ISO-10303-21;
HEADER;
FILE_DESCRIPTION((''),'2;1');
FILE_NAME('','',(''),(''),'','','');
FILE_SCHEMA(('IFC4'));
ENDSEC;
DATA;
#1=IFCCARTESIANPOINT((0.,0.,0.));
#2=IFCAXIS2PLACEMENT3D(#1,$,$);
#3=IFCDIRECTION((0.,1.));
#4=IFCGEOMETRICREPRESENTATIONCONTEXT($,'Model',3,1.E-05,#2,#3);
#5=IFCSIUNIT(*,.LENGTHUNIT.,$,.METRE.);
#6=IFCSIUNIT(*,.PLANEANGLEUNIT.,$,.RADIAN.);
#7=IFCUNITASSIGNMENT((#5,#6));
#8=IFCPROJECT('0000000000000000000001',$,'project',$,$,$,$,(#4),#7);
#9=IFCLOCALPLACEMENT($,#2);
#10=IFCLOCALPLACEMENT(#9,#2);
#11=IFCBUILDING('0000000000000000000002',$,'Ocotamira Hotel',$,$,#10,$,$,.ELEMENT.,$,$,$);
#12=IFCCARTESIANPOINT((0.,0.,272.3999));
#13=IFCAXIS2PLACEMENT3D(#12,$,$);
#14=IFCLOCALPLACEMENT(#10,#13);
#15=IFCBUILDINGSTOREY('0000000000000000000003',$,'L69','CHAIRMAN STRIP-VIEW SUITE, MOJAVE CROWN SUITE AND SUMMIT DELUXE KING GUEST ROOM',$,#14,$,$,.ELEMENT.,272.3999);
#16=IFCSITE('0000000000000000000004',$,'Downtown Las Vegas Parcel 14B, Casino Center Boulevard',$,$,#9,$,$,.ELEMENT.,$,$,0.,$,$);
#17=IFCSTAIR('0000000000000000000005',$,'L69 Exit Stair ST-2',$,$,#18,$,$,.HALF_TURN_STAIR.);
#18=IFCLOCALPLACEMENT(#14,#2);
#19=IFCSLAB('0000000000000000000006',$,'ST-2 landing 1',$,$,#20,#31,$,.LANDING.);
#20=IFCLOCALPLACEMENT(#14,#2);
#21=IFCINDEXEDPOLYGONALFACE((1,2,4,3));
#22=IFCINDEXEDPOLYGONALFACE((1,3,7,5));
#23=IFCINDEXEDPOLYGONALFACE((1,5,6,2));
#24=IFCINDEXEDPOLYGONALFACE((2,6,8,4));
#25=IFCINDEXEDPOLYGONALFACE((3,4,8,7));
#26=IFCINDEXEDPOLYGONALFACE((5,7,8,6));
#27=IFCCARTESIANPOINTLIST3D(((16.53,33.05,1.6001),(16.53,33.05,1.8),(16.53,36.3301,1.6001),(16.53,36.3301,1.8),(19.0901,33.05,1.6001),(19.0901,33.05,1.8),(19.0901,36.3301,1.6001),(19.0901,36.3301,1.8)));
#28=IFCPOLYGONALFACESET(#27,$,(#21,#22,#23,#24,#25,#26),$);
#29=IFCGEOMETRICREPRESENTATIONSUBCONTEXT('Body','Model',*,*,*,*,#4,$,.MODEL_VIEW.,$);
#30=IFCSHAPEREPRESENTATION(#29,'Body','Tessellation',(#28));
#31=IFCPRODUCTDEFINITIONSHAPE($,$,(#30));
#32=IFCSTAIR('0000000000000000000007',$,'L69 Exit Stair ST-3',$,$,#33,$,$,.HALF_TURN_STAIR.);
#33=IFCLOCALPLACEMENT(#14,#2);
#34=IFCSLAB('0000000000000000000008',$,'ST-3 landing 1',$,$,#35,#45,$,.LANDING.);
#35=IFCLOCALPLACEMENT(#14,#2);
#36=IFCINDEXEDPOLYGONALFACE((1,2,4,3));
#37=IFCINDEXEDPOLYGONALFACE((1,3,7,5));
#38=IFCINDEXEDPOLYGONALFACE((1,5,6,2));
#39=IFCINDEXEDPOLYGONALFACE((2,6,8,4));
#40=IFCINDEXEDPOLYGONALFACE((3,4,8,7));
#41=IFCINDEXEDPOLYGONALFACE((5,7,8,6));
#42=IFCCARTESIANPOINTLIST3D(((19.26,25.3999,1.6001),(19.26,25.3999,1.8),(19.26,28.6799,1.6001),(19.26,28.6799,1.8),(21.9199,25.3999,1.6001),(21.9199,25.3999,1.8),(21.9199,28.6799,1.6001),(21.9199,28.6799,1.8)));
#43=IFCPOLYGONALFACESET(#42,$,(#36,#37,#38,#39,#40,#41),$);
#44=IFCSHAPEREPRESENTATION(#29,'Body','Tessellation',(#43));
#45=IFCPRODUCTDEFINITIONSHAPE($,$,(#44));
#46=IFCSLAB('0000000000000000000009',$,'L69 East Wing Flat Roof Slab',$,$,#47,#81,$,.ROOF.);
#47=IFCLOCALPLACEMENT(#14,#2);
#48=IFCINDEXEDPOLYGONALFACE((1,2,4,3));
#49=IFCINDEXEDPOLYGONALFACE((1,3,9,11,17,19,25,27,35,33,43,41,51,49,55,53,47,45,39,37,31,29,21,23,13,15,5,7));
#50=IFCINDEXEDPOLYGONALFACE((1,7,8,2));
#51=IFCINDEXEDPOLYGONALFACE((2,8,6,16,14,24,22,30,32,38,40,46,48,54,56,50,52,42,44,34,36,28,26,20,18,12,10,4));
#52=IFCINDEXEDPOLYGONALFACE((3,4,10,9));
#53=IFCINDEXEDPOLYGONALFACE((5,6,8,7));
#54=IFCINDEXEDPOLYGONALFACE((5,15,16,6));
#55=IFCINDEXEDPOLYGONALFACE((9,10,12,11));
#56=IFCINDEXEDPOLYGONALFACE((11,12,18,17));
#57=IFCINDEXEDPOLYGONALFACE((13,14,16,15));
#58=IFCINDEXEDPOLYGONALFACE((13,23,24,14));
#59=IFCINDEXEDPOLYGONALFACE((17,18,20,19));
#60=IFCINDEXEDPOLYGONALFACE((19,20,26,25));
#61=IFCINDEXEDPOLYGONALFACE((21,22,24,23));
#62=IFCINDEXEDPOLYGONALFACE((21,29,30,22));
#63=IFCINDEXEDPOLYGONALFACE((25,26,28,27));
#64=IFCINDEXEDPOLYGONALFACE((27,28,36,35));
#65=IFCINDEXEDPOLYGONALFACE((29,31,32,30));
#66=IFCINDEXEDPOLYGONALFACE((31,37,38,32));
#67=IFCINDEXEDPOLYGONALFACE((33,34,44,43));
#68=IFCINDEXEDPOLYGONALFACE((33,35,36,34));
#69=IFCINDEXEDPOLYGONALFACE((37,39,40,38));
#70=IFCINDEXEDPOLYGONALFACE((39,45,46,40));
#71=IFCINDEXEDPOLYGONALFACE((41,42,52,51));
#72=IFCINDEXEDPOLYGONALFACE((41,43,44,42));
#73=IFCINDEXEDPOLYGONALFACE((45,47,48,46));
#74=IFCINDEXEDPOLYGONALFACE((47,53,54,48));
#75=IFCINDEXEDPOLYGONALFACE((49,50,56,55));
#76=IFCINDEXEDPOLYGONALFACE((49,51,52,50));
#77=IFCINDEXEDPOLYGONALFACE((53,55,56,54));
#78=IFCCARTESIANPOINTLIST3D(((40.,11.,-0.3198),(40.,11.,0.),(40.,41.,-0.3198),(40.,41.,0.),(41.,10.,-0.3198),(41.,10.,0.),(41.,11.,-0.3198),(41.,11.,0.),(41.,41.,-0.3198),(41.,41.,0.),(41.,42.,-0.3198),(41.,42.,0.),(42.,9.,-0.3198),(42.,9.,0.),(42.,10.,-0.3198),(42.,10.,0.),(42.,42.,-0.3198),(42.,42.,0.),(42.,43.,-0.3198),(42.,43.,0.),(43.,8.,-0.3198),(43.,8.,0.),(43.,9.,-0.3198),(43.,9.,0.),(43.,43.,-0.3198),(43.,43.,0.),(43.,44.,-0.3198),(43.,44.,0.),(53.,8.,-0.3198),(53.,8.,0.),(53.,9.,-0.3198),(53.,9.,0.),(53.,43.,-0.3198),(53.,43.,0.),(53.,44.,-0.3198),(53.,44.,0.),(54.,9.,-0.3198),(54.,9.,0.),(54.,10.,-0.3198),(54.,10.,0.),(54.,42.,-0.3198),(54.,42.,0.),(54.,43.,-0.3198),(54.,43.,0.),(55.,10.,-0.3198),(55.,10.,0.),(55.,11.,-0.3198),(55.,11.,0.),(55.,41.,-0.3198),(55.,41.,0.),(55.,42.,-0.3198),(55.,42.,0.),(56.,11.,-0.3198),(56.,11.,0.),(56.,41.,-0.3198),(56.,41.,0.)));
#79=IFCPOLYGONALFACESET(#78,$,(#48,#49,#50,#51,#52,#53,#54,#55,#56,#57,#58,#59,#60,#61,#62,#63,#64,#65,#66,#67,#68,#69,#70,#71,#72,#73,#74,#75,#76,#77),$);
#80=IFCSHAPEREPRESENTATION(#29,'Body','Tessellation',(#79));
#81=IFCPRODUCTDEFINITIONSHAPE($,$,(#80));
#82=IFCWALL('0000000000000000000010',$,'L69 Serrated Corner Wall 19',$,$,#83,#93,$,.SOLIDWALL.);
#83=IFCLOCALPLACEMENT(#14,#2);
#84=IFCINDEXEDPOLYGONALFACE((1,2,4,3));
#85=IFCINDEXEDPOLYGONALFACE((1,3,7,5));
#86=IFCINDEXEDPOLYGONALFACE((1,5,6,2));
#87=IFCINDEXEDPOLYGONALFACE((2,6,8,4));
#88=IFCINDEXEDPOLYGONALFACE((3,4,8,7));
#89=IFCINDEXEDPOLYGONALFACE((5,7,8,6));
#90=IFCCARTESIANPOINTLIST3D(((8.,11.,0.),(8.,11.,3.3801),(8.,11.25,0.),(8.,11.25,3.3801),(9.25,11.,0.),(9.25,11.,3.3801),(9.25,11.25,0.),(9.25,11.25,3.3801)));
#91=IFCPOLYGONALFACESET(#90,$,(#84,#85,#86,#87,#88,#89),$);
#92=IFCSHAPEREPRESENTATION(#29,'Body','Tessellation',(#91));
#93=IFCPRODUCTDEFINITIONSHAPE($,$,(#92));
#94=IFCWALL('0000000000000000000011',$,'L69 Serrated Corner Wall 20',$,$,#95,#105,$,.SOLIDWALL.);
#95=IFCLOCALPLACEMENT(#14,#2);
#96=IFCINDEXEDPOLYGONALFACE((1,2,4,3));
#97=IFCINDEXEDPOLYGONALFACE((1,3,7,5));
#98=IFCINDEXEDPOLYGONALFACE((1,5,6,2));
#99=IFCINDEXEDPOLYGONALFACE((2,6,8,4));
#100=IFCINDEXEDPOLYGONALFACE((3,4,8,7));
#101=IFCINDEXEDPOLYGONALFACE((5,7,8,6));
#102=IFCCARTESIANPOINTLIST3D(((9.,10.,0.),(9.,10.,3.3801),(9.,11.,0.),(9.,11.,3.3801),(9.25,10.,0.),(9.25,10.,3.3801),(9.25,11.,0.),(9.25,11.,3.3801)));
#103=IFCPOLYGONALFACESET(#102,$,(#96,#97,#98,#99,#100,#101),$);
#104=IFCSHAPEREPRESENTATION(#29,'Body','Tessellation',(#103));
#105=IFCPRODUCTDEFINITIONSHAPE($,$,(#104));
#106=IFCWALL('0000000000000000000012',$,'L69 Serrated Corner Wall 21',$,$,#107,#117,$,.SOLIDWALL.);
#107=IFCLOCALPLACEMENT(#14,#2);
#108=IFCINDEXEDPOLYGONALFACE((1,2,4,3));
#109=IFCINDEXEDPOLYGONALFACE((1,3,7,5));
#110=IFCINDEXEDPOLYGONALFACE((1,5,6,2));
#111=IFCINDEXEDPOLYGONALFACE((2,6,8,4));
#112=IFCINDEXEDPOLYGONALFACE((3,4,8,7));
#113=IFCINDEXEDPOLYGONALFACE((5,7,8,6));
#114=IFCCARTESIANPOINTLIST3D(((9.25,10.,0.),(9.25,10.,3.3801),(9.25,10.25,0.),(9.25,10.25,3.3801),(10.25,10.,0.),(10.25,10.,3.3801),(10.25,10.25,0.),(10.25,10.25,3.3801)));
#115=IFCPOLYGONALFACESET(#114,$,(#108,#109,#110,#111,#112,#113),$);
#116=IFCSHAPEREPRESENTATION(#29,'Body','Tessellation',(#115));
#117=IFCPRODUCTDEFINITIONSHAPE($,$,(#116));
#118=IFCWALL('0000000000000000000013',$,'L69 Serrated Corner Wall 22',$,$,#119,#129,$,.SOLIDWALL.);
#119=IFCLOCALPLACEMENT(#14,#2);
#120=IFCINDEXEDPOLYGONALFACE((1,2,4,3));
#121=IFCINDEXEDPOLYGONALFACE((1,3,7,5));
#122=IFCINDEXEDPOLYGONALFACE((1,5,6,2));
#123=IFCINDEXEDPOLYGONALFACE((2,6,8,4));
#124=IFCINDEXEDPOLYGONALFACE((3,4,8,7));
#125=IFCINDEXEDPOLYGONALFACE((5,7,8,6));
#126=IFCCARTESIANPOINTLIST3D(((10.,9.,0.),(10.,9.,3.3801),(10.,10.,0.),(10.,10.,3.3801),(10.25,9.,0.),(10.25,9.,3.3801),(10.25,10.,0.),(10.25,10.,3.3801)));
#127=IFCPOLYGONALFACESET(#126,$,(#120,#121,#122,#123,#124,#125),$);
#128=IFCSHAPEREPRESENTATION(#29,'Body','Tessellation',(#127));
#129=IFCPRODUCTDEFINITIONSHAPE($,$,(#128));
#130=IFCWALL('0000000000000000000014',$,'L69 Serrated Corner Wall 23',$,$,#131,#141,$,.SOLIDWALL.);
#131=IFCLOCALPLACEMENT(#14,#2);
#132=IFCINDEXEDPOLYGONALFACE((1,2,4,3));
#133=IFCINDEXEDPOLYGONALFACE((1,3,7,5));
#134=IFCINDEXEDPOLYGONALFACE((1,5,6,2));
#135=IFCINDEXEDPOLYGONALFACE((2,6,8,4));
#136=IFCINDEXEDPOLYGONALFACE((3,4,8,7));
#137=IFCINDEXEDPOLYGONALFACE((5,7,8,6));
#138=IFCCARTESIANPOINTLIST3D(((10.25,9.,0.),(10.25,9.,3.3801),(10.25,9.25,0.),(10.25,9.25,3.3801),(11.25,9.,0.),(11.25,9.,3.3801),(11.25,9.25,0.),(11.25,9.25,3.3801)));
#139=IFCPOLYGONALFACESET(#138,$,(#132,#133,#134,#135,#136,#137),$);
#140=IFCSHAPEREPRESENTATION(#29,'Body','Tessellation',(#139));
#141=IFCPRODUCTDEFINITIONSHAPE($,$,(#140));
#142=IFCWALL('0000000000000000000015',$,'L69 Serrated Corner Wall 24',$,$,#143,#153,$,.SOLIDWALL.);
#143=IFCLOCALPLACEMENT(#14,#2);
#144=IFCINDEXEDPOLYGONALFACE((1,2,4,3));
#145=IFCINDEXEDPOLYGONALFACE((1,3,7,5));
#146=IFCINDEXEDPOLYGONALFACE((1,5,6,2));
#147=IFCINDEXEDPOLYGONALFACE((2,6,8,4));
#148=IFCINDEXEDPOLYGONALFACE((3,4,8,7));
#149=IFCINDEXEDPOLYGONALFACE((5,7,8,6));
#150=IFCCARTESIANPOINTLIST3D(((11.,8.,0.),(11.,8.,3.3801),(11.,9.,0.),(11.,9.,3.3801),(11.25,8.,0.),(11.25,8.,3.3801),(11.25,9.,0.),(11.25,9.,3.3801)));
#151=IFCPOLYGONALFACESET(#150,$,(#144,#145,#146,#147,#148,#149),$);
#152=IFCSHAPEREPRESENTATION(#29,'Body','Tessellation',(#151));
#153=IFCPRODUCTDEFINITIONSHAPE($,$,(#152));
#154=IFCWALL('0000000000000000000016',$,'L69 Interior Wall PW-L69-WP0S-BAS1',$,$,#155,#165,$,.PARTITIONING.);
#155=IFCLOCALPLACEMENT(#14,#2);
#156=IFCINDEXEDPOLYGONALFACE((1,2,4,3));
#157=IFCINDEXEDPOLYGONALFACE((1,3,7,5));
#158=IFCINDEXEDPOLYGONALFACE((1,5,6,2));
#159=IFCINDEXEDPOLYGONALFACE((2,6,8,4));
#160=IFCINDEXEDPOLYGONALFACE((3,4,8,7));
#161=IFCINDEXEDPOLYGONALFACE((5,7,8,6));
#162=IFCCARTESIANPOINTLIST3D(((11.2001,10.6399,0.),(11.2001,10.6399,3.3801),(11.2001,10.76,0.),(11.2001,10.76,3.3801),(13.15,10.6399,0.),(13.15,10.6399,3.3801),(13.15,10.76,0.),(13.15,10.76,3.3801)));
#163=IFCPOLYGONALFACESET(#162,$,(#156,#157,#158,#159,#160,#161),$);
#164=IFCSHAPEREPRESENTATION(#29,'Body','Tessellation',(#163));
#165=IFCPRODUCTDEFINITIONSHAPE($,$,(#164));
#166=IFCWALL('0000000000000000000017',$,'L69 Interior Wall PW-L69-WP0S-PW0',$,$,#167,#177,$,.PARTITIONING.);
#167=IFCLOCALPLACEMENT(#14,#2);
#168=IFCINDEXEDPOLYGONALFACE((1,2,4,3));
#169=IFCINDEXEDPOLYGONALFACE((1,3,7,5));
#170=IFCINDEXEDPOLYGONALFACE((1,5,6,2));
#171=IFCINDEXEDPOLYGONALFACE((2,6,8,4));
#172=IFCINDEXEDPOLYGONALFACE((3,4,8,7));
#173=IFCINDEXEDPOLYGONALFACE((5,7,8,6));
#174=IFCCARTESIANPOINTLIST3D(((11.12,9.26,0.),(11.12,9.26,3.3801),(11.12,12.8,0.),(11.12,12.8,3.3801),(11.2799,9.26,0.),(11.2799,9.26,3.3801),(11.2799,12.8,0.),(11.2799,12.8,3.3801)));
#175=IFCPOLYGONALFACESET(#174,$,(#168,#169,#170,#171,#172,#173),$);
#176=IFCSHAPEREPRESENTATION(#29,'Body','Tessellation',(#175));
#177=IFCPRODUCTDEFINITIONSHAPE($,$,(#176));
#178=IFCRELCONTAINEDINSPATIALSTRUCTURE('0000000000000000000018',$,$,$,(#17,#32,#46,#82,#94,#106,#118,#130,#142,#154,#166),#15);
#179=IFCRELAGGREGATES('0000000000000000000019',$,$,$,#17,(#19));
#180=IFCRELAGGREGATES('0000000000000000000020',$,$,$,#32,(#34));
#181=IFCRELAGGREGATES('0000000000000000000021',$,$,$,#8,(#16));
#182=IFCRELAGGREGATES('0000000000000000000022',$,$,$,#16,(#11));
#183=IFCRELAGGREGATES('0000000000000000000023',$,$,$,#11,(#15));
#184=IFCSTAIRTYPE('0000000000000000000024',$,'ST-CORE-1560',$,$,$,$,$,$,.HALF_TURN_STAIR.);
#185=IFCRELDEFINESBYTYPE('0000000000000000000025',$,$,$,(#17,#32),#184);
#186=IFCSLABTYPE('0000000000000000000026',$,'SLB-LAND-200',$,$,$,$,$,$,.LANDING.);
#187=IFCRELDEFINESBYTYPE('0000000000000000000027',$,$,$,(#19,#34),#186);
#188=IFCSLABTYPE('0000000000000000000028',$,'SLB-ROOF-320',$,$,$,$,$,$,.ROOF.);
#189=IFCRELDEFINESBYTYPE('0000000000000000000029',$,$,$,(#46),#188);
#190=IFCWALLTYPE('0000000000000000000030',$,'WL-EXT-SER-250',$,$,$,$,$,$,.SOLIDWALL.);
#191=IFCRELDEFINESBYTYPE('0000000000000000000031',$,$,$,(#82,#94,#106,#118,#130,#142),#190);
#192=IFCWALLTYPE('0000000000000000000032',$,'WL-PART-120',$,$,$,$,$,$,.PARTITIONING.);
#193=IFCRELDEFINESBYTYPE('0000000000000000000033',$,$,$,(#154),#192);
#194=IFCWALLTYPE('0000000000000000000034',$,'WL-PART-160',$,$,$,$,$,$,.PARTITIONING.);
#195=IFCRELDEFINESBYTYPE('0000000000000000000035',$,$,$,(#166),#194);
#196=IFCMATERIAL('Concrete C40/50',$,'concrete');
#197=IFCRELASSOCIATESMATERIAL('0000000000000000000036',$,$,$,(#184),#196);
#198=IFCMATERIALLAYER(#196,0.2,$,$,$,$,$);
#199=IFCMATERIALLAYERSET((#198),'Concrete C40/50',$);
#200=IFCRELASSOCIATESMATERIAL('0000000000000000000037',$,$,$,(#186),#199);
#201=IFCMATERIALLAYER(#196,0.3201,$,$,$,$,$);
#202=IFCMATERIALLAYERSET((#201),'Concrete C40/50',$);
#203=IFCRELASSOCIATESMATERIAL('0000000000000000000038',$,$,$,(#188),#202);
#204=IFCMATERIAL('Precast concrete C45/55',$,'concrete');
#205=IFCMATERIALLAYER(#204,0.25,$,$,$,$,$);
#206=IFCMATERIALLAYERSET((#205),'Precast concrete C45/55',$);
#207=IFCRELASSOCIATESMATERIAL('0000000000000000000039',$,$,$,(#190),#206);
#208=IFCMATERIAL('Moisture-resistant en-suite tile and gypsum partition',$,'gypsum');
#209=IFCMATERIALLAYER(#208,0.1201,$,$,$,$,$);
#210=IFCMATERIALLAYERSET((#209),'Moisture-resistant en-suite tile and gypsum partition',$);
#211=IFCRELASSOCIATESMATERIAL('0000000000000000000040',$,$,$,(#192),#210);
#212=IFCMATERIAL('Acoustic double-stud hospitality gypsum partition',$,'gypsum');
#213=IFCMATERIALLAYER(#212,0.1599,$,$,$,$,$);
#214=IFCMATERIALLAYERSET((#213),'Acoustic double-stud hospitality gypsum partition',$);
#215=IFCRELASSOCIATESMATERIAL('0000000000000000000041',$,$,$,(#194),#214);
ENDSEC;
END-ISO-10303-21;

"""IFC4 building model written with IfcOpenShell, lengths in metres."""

from ifc_helpers import new_model, si_unit, direction, frame, frame_2d, origin, place, context, subcontext, project, spatial, polyline, rectangle, outline, extrude, material, layer, layer_set, type_object, element, aggregate, save


model = new_model("IFC4")

# Units and contexts
model_context = context("Model", 3, precision=1e-05, world=origin(), true_north=direction((0.0, 1.0)))
body_context = subcontext(model_context, "Body", "Model", "MODEL_VIEW")
ifc_project = project(units=[si_unit("LENGTHUNIT", "METRE"), si_unit("PLANEANGLEUNIT", "RADIAN")], contexts=[model_context])

# Site, building, storey
site_placement = place(None, origin())
site = spatial("IfcSite", under=ifc_project, at=site_placement, Name="Downtown Las Vegas Parcel 14B, Casino Center Boulevard", CompositionType="ELEMENT", RefElevation=0.0)
building_placement = place(site_placement, origin())
building = spatial("IfcBuilding", under=site, at=building_placement, Name="Ocotamira Hotel", CompositionType="ELEMENT")
storey_placement = place(building_placement, frame((0.0, 0.0, 272.3999)))
storey = spatial("IfcBuildingStorey", under=building, at=storey_placement, Name="L69", Description="CHAIRMAN STRIP-VIEW SUITE, MOJAVE CROWN SUITE AND SUMMIT DELUXE KING GUEST ROOM", CompositionType="ELEMENT", Elevation=272.3999)

# Shared definitions
ifc_material_1 = material(Name="Concrete C40/50", Category="concrete")

# Stairs, slabs
stair_type = type_object("IfcStairType", Name="ST-CORE-1560", PredefinedType="HALF_TURN_STAIR", material=ifc_material_1)
ifc_layer_1 = layer(ifc_material_1, 0.2)
ifc_layer_set_1 = layer_set([ifc_layer_1], Name="Concrete C40/50")
slab_type_1 = type_object("IfcSlabType", Name="SLB-LAND-200", PredefinedType="LANDING", material=ifc_layer_set_1)
stair_1_placement = place(storey_placement, origin())
stair_1 = element("IfcStair", 1, at=stair_1_placement, inside=storey, type_object=stair_type, Name="L69 Exit Stair ST-2", PredefinedType="HALF_TURN_STAIR")
slab_1_placement = place(storey_placement, frame((0.0, 0.0, 1.6001)))
slab_1 = element("IfcSlab", 2, at=slab_1_placement, type_object=slab_type_1, Name="ST-2 landing 1", PredefinedType="LANDING", context=body_context, shape_type="SweptSolid", body=[
    extrude(outline(polyline([(16.53, 33.05), (19.0901, 33.05), (19.0901, 36.3301), (16.53, 36.3301), (16.53, 33.05)])), origin(), (0.0, 0.0, 1.0), 0.2),
])
aggregate(stair_1, [slab_1])
stair_2_placement = place(storey_placement, origin())
stair_2 = element("IfcStair", 3, at=stair_2_placement, inside=storey, type_object=stair_type, Name="L69 Exit Stair ST-3", PredefinedType="HALF_TURN_STAIR")
slab_2_placement = place(storey_placement, frame((0.0, 0.0, 1.6001)))
slab_2 = element("IfcSlab", 4, at=slab_2_placement, type_object=slab_type_1, Name="ST-3 landing 1", PredefinedType="LANDING", context=body_context, shape_type="SweptSolid", body=[
    extrude(outline(polyline([(19.26, 25.3999), (21.9199, 25.3999), (21.9199, 28.6799), (19.26, 28.6799), (19.26, 25.3999)])), origin(), (0.0, 0.0, 1.0), 0.2),
])
aggregate(stair_2, [slab_2])

# Slab
ifc_layer_2 = layer(ifc_material_1, 0.3201)
ifc_layer_set_2 = layer_set([ifc_layer_2], Name="Concrete C40/50")
slab_type_2 = type_object("IfcSlabType", Name="SLB-ROOF-320", PredefinedType="ROOF", material=ifc_layer_set_2)
slab_3_placement = place(storey_placement, frame((0.0, 0.0, -0.3198)))
element("IfcSlab", 5, at=slab_3_placement, inside=storey, type_object=slab_type_2, Name="L69 East Wing Flat Roof Slab", PredefinedType="ROOF", context=body_context, shape_type="SweptSolid", body=[
    extrude(outline(polyline([(43.0, 8.0), (53.0, 8.0), (53.0, 9.0), (54.0, 9.0), (54.0, 10.0), (55.0, 10.0), (55.0, 11.0), (56.0, 11.0), (56.0, 41.0), (55.0, 41.0), (55.0, 42.0), (54.0, 42.0), (54.0, 43.0), (53.0, 43.0), (53.0, 44.0), (43.0, 44.0), (43.0, 43.0), (42.0, 43.0), (42.0, 42.0), (41.0, 42.0), (41.0, 41.0), (40.0, 41.0), (40.0, 11.0), (41.0, 11.0), (41.0, 10.0), (42.0, 10.0), (42.0, 9.0), (43.0, 9.0), (43.0, 8.0)])), origin(), (0.0, 0.0, 1.0), 0.3198),
])

# Walls
ifc_material_2 = material(Name="Precast concrete C45/55", Category="concrete")
ifc_layer_3 = layer(ifc_material_2, 0.25)
ifc_layer_set_3 = layer_set([ifc_layer_3], Name="Precast concrete C45/55")
wall_type_1 = type_object("IfcWallType", Name="WL-EXT-SER-250", PredefinedType="SOLIDWALL", material=ifc_layer_set_3)
wall_1_placement = place(storey_placement, frame((8.0, 11.125, 0.0), z_axis=(0.0, 0.0, 1.0), x_axis=(1.0, 0.0, 0.0)))
element("IfcWall", 6, at=wall_1_placement, inside=storey, type_object=wall_type_1, Name="L69 Serrated Corner Wall 19", PredefinedType="SOLIDWALL", context=body_context, shape_type="SweptSolid", body=[
    extrude(rectangle(XDim=1.25, YDim=0.25, at=frame_2d((0.625, 0.0))), origin(), (0.0, 0.0, 1.0), 3.3801),
])
for number, where, z_axis, x_axis, name in (
    (7, (9.125, 11.0, 0.0), (0.0, 0.0, 1.0), (0.0, -1.0, 0.0), "L69 Serrated Corner Wall 20"),
    (8, (9.25, 10.125, 0.0), (0.0, 0.0, 1.0), (1.0, 0.0, 0.0), "L69 Serrated Corner Wall 21"),
    (9, (10.125, 10.0, 0.0), (0.0, 0.0, 1.0), (0.0, -1.0, 0.0), "L69 Serrated Corner Wall 22"),
    (10, (10.25, 9.125, 0.0), (0.0, 0.0, 1.0), (1.0, 0.0, 0.0), "L69 Serrated Corner Wall 23"),
    (11, (11.125, 9.0, 0.0), (0.0, 0.0, 1.0), (0.0, -1.0, 0.0), "L69 Serrated Corner Wall 24"),
):
    element("IfcWall", number, at=place(storey_placement, frame(where, z_axis=z_axis, x_axis=x_axis)), inside=storey, type_object=wall_type_1, Name=name, PredefinedType="SOLIDWALL", context=body_context, shape_type="SweptSolid", body=[
        extrude(rectangle(XDim=1.0, YDim=0.25, at=frame_2d((0.5, 0.0))), origin(), (0.0, 0.0, 1.0), 3.3801),
    ])
ifc_material_3 = material(Name="Moisture-resistant en-suite tile and gypsum partition", Category="gypsum")
ifc_layer_4 = layer(ifc_material_3, 0.1201)
ifc_layer_set_4 = layer_set([ifc_layer_4], Name="Moisture-resistant en-suite tile and gypsum partition")
wall_type_2 = type_object("IfcWallType", Name="WL-PART-120", PredefinedType="PARTITIONING", material=ifc_layer_set_4)
wall_2_placement = place(storey_placement, frame((11.2, 10.7, 0.0), z_axis=(0.0, 0.0, 1.0), x_axis=(1.0, 0.0, 0.0)))
element("IfcWall", 12, at=wall_2_placement, inside=storey, type_object=wall_type_2, Name="L69 Interior Wall PW-L69-WP0S-BAS1", PredefinedType="PARTITIONING", context=body_context, shape_type="SweptSolid", body=[
    extrude(rectangle(XDim=1.95, YDim=0.1201, at=frame_2d((0.9751, 0.0))), origin(), (0.0, 0.0, 1.0), 3.3801),
])
ifc_material_4 = material(Name="Acoustic double-stud hospitality gypsum partition", Category="gypsum")
ifc_layer_5 = layer(ifc_material_4, 0.1599)
ifc_layer_set_5 = layer_set([ifc_layer_5], Name="Acoustic double-stud hospitality gypsum partition")
wall_type_3 = type_object("IfcWallType", Name="WL-PART-160", PredefinedType="PARTITIONING", material=ifc_layer_set_5)
wall_3_placement = place(storey_placement, frame((11.2, 9.26, 0.0), z_axis=(0.0, 0.0, 1.0), x_axis=(0.0, 1.0, 0.0)))
element("IfcWall", 13, at=wall_3_placement, inside=storey, type_object=wall_type_3, Name="L69 Interior Wall PW-L69-WP0S-PW0", PredefinedType="PARTITIONING", context=body_context, shape_type="SweptSolid", body=[
    extrude(rectangle(XDim=3.54, YDim=0.1599, at=frame_2d((1.77, 0.0))), origin(), (0.0, 0.0, 1.0), 3.3801),
])

save(model, "model.ifc")
